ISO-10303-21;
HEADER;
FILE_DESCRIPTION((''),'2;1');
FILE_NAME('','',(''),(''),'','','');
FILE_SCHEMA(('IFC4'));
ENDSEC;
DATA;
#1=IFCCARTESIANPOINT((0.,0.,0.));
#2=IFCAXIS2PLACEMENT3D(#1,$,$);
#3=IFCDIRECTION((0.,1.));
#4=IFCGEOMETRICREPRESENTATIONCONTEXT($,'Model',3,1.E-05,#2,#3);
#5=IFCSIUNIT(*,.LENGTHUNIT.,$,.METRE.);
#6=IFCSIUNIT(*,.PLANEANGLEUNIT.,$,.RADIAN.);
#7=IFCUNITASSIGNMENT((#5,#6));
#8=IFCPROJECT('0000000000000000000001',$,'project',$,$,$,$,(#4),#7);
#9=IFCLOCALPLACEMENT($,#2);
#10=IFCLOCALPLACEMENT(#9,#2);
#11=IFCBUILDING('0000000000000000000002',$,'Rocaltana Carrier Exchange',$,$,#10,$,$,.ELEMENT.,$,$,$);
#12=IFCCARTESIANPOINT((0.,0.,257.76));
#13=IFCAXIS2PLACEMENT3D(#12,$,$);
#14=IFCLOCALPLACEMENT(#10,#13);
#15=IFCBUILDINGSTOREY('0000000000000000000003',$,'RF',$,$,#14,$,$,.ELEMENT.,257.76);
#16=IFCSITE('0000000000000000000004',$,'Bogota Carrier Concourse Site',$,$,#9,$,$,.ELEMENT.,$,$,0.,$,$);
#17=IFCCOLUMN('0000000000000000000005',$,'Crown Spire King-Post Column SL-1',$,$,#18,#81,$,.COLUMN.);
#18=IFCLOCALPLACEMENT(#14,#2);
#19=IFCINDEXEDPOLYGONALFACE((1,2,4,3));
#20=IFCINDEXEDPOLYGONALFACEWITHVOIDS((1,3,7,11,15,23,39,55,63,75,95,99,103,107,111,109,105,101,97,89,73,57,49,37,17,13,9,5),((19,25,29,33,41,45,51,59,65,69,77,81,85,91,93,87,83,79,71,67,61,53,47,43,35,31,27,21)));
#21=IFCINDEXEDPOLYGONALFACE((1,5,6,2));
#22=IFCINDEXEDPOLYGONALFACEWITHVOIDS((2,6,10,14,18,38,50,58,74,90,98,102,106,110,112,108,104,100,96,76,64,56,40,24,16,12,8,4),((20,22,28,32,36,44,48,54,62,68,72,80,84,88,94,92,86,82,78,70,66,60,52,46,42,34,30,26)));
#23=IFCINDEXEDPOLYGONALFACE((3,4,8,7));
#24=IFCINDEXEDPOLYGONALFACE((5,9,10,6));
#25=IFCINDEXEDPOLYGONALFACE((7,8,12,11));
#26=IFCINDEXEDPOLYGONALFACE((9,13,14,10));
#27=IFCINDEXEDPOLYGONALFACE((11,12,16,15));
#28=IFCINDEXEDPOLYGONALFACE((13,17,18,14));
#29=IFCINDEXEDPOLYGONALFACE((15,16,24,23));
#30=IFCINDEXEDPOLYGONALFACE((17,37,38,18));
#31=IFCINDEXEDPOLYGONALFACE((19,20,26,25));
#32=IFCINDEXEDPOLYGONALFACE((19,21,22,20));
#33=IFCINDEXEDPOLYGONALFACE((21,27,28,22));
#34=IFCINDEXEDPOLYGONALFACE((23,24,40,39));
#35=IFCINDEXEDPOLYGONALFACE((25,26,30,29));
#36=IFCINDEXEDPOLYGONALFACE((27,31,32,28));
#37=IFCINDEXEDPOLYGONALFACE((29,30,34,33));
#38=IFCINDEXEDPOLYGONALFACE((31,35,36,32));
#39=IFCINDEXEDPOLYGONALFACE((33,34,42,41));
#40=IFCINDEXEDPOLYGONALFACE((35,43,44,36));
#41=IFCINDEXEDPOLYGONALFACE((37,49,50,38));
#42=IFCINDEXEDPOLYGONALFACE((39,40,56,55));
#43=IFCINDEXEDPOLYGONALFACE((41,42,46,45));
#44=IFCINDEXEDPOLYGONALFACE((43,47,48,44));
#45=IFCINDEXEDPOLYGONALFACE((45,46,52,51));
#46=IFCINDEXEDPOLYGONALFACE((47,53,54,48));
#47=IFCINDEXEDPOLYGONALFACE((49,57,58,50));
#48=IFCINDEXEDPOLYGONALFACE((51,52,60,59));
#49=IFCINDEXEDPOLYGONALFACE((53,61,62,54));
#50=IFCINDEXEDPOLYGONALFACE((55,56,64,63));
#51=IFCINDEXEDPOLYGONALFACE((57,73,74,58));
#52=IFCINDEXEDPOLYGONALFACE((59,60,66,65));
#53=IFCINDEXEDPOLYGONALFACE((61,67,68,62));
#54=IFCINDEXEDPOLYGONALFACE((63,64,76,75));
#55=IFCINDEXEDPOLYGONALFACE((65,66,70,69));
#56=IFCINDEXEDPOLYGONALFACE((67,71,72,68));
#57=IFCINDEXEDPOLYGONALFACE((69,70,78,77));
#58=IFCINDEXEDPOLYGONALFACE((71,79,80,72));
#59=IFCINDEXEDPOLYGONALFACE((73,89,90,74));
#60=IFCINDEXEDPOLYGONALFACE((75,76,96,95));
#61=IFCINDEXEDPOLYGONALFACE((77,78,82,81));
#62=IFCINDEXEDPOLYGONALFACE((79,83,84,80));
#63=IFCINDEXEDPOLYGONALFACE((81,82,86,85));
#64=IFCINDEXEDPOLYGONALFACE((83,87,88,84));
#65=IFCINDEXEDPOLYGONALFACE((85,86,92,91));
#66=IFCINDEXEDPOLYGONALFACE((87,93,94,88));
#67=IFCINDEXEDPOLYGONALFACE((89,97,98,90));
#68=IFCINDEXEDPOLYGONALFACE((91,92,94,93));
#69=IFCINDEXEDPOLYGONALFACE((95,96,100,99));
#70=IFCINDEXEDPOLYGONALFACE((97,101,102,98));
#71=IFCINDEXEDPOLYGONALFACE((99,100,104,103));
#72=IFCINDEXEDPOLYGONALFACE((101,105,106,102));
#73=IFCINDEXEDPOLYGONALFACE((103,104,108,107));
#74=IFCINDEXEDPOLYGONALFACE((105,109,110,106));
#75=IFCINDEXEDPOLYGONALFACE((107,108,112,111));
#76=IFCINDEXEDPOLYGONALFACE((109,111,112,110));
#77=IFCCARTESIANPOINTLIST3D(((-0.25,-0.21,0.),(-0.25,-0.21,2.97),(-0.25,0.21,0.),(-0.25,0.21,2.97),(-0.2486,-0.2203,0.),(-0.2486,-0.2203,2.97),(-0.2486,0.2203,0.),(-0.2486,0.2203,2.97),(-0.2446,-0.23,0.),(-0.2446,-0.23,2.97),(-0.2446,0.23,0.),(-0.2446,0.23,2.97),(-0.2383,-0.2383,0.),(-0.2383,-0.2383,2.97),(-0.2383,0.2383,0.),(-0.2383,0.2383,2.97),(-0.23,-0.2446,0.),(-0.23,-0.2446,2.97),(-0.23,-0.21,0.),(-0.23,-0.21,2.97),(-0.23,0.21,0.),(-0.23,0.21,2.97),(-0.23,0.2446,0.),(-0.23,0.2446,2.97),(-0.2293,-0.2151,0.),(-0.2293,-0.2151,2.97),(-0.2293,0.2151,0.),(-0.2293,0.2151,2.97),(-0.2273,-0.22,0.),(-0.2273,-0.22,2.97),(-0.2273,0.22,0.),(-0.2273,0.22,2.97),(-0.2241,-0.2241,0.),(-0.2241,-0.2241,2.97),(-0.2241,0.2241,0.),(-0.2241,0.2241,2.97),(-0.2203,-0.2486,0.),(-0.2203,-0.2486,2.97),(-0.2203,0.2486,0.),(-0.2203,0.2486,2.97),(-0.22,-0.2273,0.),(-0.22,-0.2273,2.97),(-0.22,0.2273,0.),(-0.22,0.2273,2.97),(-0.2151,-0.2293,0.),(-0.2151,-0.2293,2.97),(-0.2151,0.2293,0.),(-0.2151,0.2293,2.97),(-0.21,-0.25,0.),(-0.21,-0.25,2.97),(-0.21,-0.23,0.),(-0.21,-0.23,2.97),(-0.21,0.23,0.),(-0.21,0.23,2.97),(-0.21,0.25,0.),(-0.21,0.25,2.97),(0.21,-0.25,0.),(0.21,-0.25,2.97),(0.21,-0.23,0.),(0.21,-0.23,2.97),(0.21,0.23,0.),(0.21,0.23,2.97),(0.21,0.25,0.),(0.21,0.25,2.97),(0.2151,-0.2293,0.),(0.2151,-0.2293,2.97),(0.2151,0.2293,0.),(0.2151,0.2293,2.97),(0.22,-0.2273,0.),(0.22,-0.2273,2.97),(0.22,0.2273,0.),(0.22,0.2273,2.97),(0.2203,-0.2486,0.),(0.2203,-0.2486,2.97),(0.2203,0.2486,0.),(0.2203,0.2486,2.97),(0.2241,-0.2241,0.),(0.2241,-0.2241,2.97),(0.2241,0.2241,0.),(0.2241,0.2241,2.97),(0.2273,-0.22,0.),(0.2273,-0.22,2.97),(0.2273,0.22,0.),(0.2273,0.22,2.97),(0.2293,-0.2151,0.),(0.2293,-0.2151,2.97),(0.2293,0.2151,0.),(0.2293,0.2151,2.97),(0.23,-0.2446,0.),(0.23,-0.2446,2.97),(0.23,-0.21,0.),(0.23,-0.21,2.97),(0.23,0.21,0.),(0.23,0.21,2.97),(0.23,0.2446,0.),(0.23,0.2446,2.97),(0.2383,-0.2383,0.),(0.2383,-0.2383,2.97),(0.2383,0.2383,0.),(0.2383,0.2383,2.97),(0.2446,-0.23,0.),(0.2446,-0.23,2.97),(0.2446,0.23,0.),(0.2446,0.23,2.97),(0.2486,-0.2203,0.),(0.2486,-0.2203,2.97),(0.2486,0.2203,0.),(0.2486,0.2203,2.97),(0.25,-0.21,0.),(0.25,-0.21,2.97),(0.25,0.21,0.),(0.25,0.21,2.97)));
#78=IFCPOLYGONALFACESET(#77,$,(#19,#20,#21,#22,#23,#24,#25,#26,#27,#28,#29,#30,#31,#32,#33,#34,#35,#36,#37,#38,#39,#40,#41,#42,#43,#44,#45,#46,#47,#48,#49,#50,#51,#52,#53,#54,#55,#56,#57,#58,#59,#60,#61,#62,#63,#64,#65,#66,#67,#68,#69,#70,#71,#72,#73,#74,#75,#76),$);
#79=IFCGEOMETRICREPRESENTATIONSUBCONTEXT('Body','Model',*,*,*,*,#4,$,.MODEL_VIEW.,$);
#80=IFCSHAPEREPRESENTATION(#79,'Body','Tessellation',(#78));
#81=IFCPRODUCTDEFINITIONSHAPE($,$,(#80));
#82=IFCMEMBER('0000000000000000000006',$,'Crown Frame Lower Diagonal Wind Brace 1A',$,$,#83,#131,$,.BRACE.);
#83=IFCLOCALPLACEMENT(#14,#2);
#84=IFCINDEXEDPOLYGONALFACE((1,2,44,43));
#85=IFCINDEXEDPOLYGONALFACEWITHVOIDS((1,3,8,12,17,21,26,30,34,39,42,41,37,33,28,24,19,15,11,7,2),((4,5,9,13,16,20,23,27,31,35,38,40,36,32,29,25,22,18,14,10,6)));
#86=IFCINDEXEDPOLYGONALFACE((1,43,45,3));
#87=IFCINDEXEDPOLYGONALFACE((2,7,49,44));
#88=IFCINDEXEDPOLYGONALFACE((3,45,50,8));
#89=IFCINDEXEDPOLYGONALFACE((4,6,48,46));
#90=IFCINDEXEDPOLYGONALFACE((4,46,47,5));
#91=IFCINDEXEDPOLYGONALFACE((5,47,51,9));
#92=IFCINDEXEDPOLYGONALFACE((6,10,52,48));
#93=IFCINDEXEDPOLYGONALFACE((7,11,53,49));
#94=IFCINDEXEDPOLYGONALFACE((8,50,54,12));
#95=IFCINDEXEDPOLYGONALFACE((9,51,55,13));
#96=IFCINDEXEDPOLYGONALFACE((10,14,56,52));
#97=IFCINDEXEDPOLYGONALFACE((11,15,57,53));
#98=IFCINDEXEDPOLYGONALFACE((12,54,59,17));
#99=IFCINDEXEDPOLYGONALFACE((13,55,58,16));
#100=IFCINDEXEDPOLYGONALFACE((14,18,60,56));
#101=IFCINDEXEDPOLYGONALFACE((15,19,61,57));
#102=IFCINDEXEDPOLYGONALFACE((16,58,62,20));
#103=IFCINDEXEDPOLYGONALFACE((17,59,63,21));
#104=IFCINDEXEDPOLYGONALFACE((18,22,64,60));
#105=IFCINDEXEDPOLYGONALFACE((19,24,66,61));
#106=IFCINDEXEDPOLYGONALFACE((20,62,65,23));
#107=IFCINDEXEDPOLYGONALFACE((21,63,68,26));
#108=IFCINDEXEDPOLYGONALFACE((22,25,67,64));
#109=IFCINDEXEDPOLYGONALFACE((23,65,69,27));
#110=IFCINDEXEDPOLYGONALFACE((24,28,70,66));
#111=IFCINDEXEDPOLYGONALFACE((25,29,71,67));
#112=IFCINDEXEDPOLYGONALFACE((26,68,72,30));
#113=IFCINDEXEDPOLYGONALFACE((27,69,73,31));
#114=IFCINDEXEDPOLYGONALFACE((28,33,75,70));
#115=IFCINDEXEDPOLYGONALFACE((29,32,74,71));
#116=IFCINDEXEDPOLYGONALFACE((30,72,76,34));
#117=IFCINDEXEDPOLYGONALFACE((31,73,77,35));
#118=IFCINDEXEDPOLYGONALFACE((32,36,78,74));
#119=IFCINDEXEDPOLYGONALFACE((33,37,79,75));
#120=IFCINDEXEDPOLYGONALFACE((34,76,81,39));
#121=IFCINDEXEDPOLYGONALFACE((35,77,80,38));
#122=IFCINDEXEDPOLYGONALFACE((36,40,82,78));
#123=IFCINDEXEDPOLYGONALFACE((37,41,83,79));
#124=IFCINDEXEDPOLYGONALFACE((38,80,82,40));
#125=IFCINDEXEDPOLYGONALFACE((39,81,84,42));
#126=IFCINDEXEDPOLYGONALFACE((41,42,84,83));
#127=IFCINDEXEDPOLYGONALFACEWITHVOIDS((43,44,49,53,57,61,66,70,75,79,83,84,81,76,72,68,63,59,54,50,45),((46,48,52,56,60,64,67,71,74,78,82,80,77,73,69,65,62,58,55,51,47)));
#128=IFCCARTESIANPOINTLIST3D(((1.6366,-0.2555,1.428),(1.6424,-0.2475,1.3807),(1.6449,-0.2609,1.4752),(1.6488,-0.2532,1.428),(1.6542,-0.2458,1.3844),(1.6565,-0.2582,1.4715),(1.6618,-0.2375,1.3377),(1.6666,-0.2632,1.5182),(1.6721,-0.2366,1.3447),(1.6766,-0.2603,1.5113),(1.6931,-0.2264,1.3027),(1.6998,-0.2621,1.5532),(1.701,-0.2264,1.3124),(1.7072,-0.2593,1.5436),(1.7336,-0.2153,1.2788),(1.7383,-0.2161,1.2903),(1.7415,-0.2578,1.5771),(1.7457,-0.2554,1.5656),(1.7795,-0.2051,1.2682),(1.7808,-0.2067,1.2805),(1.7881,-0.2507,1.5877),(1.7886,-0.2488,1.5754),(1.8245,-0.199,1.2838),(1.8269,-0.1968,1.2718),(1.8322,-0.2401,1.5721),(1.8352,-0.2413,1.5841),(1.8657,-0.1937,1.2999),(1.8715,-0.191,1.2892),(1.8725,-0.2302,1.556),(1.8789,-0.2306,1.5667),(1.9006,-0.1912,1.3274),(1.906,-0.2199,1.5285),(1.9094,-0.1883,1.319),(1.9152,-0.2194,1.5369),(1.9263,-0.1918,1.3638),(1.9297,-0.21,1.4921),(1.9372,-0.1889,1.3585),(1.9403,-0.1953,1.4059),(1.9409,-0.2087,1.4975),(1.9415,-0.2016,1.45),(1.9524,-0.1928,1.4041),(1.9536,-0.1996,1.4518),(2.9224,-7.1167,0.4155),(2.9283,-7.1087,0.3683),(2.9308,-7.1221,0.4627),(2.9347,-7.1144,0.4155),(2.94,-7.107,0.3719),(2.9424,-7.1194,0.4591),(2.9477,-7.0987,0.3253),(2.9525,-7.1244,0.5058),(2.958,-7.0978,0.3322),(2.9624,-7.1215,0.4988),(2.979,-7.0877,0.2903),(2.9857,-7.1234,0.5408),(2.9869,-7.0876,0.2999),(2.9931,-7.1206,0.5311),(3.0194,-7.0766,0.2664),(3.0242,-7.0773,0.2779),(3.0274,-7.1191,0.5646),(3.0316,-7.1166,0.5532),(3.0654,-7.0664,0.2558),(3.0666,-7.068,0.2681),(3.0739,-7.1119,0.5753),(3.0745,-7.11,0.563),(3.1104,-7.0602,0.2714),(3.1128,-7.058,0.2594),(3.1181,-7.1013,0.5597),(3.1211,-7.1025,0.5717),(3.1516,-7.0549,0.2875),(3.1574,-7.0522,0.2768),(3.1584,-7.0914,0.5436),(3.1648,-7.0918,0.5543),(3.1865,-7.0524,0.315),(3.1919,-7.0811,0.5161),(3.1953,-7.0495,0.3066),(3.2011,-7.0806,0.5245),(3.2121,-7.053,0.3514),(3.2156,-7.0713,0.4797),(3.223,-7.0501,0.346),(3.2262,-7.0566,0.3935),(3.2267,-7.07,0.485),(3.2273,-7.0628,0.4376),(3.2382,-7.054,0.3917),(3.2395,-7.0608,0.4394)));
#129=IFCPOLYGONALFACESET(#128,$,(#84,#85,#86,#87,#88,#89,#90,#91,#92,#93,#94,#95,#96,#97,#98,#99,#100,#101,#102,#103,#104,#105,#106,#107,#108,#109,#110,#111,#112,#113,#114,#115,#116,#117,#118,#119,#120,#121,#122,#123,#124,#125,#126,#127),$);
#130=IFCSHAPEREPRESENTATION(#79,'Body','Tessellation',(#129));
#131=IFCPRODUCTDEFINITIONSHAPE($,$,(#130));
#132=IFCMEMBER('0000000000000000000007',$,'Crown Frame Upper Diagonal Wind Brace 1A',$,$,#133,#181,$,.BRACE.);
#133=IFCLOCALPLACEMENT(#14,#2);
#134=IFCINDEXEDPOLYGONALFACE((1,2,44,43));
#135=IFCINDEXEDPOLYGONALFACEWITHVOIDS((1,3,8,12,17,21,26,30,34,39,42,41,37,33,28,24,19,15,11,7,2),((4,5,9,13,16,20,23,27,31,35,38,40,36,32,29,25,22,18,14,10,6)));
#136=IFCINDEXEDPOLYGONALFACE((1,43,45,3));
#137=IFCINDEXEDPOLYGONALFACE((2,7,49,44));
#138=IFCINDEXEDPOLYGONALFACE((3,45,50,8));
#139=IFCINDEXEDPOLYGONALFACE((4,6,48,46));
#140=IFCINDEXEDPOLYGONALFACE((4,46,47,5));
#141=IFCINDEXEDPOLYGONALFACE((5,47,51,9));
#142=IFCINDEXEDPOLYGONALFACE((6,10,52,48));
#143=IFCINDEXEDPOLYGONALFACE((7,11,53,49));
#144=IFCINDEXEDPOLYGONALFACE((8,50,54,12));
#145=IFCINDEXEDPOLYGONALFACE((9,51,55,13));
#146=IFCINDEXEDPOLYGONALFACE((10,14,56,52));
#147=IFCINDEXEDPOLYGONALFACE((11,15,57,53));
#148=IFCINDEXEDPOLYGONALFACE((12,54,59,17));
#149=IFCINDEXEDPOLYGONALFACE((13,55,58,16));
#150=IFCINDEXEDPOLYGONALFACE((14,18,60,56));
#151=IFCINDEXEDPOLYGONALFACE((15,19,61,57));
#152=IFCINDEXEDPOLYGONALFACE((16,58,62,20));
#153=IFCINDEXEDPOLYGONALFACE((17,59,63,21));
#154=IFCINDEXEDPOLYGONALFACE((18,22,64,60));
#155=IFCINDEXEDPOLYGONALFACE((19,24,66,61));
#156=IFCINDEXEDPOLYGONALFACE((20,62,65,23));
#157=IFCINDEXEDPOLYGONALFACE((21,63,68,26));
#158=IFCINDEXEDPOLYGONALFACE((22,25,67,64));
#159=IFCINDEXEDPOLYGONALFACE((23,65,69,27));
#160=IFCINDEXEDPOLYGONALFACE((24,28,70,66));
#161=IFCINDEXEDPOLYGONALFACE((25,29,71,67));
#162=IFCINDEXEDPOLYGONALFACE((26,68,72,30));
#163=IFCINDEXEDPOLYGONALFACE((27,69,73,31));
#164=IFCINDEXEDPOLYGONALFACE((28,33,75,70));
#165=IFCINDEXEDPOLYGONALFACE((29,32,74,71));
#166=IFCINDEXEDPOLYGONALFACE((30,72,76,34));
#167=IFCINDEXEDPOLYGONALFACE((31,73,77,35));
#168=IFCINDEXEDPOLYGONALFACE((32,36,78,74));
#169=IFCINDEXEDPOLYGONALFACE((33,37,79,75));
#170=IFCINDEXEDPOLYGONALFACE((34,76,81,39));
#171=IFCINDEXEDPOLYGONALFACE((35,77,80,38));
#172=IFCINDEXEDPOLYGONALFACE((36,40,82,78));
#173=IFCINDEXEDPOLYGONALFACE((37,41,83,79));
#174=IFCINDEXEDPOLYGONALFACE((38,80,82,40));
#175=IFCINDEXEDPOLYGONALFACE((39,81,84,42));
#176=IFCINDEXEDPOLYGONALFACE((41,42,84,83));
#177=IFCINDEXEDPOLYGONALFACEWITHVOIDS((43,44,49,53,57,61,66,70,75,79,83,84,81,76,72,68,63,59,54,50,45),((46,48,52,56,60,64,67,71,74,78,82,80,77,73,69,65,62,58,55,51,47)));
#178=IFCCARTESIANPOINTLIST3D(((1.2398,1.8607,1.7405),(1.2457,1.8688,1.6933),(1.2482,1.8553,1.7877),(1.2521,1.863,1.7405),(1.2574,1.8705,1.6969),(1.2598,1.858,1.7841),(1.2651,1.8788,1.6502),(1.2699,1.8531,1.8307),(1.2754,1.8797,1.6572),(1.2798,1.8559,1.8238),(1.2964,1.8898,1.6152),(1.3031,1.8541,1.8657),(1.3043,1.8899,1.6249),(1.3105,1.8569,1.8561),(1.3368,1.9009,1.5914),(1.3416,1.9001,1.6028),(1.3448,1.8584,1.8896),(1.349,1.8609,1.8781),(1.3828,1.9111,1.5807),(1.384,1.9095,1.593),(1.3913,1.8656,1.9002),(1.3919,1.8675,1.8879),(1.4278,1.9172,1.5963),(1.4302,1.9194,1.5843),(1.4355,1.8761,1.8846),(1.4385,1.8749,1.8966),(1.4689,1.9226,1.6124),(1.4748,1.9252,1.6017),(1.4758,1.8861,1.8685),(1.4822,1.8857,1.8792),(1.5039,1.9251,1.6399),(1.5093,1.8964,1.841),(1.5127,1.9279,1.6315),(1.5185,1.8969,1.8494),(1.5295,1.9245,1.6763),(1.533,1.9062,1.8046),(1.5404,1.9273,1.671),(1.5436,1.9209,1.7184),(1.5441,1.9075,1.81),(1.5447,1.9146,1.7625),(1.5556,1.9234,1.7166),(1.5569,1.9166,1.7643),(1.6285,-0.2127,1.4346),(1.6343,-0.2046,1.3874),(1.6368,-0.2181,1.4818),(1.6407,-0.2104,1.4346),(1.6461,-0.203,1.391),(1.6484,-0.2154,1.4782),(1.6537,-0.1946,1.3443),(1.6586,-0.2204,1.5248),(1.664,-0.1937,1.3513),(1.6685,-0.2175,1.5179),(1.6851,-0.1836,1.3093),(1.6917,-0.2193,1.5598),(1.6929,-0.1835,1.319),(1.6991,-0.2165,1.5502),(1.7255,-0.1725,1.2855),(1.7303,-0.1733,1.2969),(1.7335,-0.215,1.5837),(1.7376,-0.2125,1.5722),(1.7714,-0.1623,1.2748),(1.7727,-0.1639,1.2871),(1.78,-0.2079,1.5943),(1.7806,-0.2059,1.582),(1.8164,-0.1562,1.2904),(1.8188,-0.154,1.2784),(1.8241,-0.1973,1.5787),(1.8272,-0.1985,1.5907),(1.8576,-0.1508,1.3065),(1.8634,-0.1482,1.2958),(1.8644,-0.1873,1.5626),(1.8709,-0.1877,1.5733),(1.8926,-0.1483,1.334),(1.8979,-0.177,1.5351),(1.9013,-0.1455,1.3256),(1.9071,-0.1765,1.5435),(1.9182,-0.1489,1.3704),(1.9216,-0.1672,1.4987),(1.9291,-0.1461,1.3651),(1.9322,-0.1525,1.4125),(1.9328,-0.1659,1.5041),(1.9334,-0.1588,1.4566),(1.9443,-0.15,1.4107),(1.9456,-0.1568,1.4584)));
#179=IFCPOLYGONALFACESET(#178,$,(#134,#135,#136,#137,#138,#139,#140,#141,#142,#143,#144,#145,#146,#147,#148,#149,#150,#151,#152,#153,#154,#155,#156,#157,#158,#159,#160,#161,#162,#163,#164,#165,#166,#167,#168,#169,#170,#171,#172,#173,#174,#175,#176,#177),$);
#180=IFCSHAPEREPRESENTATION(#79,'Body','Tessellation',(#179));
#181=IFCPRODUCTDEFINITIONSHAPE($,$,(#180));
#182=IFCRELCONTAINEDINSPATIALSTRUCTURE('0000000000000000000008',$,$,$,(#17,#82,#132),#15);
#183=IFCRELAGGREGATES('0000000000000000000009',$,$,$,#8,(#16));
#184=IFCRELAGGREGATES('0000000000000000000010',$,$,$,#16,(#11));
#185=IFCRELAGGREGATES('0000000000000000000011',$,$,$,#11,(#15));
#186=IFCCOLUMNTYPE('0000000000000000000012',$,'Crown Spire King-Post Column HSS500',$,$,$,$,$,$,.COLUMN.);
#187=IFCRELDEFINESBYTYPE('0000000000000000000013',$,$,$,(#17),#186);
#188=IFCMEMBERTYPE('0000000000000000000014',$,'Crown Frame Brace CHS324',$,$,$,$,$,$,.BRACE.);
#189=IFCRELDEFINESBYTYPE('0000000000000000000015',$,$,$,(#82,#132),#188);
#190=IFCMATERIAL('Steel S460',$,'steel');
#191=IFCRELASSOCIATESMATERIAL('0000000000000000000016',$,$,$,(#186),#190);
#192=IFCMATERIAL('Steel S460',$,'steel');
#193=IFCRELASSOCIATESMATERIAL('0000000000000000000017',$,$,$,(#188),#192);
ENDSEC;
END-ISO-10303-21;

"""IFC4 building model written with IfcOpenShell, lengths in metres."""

from ifc_helpers import new_model, si_unit, direction, frame, origin, origin_with_axes, origin_2d, place, context, subcontext, project, spatial, hollow_rectangle, hollow_circle, extrude, material, material_profile, profile_set, type_object, element, save


model = new_model("IFC4")

# Units and contexts
model_context = context("Model", 3, precision=1e-05, world=origin(), true_north=direction((0.0, 1.0)))
body_context = subcontext(model_context, "Body", "Model", "MODEL_VIEW")
ifc_project = project(units=[si_unit("LENGTHUNIT", "METRE"), si_unit("PLANEANGLEUNIT", "RADIAN")], contexts=[model_context])

# Site, building, storey
site_placement = place(None, origin())
site = spatial("IfcSite", under=ifc_project, at=site_placement, Name="Bogota Carrier Concourse Site", CompositionType="ELEMENT", RefElevation=0.0)
building_placement = place(site_placement, origin())
building = spatial("IfcBuilding", under=site, at=building_placement, Name="Rocaltana Carrier Exchange", CompositionType="ELEMENT")
storey_placement = place(building_placement, frame((0.0, 0.0, 257.76)))
storey = spatial("IfcBuildingStorey", under=building, at=storey_placement, Name="RF", CompositionType="ELEMENT", Elevation=257.76)

# Column
ifc_material_1 = material(Name="Steel S460", Category="steel")
ifc_material_profile_1 = material_profile(ifc_material_1, hollow_rectangle(XDim=0.5, YDim=0.5, WallThickness=0.02, InnerFilletRadius=0.02, OuterFilletRadius=0.04, at=origin_2d()), Name="HSS500X500X20")
ifc_profile_set_1 = profile_set([ifc_material_profile_1], Name="Steel S460")
column_type_1 = type_object("IfcColumnType", Name="Crown Spire King-Post Column HSS500", PredefinedType="COLUMN", material=ifc_profile_set_1)
column_1_placement = place(storey_placement, origin_with_axes())
element("IfcColumn", 1, at=column_1_placement, inside=storey, type_object=column_type_1, Name="Crown Spire King-Post Column SL-1", PredefinedType="COLUMN", context=body_context, shape_type="SweptSolid", body=[
    extrude(hollow_rectangle(XDim=0.5, YDim=0.5, WallThickness=0.02, InnerFilletRadius=0.02, OuterFilletRadius=0.04, at=origin_2d()), origin(), (0.0, 0.0, 1.0), 2.97),
])

# Members
ifc_material_2 = material(Name="Steel S460", Category="steel")
ifc_material_profile_2 = material_profile(ifc_material_2, hollow_circle(Radius=0.1619, WallThickness=0.0125, at=origin_2d()), Name="CHS323.9X12.5")
ifc_profile_set_2 = profile_set([ifc_material_profile_2], Name="Steel S460")
member_type_1 = type_object("IfcMemberType", Name="Crown Frame Brace CHS324", PredefinedType="BRACE", material=ifc_profile_set_2)
member_1_placement = place(storey_placement, frame((3.0815, -7.0869, 0.4155), z_axis=(-0.182297, 0.972711, 0.143532), x_axis=(-0.982888, -0.184204, 0.0)))
element("IfcMember", 2, at=member_1_placement, inside=storey, type_object=member_type_1, Name="Crown Frame Lower Diagonal Wind Brace 1A", PredefinedType="BRACE", context=body_context, shape_type="SweptSolid", body=[
    extrude(hollow_circle(Radius=0.1619, WallThickness=0.0125, at=origin_2d()), origin(), (0.0, 0.0, 1.0), 7.0537),
])
for number, where, z_axis, x_axis, name in (
    (3, (1.7876, -0.1829, 1.4346), (-0.182333, 0.972708, 0.143507), (-0.982881, -0.18424, 0.0), "Crown Frame Upper Diagonal Wind Brace 1A"),
):
    element("IfcMember", number, at=place(storey_placement, frame(where, z_axis=z_axis, x_axis=x_axis)), inside=storey, type_object=member_type_1, Name=name, PredefinedType="BRACE", context=body_context, shape_type="SweptSolid", body=[
        extrude(hollow_circle(Radius=0.1619, WallThickness=0.0125, at=origin_2d()), origin(), (0.0, 0.0, 1.0), 2.1316),
    ])

save(model, "model.ifc")
